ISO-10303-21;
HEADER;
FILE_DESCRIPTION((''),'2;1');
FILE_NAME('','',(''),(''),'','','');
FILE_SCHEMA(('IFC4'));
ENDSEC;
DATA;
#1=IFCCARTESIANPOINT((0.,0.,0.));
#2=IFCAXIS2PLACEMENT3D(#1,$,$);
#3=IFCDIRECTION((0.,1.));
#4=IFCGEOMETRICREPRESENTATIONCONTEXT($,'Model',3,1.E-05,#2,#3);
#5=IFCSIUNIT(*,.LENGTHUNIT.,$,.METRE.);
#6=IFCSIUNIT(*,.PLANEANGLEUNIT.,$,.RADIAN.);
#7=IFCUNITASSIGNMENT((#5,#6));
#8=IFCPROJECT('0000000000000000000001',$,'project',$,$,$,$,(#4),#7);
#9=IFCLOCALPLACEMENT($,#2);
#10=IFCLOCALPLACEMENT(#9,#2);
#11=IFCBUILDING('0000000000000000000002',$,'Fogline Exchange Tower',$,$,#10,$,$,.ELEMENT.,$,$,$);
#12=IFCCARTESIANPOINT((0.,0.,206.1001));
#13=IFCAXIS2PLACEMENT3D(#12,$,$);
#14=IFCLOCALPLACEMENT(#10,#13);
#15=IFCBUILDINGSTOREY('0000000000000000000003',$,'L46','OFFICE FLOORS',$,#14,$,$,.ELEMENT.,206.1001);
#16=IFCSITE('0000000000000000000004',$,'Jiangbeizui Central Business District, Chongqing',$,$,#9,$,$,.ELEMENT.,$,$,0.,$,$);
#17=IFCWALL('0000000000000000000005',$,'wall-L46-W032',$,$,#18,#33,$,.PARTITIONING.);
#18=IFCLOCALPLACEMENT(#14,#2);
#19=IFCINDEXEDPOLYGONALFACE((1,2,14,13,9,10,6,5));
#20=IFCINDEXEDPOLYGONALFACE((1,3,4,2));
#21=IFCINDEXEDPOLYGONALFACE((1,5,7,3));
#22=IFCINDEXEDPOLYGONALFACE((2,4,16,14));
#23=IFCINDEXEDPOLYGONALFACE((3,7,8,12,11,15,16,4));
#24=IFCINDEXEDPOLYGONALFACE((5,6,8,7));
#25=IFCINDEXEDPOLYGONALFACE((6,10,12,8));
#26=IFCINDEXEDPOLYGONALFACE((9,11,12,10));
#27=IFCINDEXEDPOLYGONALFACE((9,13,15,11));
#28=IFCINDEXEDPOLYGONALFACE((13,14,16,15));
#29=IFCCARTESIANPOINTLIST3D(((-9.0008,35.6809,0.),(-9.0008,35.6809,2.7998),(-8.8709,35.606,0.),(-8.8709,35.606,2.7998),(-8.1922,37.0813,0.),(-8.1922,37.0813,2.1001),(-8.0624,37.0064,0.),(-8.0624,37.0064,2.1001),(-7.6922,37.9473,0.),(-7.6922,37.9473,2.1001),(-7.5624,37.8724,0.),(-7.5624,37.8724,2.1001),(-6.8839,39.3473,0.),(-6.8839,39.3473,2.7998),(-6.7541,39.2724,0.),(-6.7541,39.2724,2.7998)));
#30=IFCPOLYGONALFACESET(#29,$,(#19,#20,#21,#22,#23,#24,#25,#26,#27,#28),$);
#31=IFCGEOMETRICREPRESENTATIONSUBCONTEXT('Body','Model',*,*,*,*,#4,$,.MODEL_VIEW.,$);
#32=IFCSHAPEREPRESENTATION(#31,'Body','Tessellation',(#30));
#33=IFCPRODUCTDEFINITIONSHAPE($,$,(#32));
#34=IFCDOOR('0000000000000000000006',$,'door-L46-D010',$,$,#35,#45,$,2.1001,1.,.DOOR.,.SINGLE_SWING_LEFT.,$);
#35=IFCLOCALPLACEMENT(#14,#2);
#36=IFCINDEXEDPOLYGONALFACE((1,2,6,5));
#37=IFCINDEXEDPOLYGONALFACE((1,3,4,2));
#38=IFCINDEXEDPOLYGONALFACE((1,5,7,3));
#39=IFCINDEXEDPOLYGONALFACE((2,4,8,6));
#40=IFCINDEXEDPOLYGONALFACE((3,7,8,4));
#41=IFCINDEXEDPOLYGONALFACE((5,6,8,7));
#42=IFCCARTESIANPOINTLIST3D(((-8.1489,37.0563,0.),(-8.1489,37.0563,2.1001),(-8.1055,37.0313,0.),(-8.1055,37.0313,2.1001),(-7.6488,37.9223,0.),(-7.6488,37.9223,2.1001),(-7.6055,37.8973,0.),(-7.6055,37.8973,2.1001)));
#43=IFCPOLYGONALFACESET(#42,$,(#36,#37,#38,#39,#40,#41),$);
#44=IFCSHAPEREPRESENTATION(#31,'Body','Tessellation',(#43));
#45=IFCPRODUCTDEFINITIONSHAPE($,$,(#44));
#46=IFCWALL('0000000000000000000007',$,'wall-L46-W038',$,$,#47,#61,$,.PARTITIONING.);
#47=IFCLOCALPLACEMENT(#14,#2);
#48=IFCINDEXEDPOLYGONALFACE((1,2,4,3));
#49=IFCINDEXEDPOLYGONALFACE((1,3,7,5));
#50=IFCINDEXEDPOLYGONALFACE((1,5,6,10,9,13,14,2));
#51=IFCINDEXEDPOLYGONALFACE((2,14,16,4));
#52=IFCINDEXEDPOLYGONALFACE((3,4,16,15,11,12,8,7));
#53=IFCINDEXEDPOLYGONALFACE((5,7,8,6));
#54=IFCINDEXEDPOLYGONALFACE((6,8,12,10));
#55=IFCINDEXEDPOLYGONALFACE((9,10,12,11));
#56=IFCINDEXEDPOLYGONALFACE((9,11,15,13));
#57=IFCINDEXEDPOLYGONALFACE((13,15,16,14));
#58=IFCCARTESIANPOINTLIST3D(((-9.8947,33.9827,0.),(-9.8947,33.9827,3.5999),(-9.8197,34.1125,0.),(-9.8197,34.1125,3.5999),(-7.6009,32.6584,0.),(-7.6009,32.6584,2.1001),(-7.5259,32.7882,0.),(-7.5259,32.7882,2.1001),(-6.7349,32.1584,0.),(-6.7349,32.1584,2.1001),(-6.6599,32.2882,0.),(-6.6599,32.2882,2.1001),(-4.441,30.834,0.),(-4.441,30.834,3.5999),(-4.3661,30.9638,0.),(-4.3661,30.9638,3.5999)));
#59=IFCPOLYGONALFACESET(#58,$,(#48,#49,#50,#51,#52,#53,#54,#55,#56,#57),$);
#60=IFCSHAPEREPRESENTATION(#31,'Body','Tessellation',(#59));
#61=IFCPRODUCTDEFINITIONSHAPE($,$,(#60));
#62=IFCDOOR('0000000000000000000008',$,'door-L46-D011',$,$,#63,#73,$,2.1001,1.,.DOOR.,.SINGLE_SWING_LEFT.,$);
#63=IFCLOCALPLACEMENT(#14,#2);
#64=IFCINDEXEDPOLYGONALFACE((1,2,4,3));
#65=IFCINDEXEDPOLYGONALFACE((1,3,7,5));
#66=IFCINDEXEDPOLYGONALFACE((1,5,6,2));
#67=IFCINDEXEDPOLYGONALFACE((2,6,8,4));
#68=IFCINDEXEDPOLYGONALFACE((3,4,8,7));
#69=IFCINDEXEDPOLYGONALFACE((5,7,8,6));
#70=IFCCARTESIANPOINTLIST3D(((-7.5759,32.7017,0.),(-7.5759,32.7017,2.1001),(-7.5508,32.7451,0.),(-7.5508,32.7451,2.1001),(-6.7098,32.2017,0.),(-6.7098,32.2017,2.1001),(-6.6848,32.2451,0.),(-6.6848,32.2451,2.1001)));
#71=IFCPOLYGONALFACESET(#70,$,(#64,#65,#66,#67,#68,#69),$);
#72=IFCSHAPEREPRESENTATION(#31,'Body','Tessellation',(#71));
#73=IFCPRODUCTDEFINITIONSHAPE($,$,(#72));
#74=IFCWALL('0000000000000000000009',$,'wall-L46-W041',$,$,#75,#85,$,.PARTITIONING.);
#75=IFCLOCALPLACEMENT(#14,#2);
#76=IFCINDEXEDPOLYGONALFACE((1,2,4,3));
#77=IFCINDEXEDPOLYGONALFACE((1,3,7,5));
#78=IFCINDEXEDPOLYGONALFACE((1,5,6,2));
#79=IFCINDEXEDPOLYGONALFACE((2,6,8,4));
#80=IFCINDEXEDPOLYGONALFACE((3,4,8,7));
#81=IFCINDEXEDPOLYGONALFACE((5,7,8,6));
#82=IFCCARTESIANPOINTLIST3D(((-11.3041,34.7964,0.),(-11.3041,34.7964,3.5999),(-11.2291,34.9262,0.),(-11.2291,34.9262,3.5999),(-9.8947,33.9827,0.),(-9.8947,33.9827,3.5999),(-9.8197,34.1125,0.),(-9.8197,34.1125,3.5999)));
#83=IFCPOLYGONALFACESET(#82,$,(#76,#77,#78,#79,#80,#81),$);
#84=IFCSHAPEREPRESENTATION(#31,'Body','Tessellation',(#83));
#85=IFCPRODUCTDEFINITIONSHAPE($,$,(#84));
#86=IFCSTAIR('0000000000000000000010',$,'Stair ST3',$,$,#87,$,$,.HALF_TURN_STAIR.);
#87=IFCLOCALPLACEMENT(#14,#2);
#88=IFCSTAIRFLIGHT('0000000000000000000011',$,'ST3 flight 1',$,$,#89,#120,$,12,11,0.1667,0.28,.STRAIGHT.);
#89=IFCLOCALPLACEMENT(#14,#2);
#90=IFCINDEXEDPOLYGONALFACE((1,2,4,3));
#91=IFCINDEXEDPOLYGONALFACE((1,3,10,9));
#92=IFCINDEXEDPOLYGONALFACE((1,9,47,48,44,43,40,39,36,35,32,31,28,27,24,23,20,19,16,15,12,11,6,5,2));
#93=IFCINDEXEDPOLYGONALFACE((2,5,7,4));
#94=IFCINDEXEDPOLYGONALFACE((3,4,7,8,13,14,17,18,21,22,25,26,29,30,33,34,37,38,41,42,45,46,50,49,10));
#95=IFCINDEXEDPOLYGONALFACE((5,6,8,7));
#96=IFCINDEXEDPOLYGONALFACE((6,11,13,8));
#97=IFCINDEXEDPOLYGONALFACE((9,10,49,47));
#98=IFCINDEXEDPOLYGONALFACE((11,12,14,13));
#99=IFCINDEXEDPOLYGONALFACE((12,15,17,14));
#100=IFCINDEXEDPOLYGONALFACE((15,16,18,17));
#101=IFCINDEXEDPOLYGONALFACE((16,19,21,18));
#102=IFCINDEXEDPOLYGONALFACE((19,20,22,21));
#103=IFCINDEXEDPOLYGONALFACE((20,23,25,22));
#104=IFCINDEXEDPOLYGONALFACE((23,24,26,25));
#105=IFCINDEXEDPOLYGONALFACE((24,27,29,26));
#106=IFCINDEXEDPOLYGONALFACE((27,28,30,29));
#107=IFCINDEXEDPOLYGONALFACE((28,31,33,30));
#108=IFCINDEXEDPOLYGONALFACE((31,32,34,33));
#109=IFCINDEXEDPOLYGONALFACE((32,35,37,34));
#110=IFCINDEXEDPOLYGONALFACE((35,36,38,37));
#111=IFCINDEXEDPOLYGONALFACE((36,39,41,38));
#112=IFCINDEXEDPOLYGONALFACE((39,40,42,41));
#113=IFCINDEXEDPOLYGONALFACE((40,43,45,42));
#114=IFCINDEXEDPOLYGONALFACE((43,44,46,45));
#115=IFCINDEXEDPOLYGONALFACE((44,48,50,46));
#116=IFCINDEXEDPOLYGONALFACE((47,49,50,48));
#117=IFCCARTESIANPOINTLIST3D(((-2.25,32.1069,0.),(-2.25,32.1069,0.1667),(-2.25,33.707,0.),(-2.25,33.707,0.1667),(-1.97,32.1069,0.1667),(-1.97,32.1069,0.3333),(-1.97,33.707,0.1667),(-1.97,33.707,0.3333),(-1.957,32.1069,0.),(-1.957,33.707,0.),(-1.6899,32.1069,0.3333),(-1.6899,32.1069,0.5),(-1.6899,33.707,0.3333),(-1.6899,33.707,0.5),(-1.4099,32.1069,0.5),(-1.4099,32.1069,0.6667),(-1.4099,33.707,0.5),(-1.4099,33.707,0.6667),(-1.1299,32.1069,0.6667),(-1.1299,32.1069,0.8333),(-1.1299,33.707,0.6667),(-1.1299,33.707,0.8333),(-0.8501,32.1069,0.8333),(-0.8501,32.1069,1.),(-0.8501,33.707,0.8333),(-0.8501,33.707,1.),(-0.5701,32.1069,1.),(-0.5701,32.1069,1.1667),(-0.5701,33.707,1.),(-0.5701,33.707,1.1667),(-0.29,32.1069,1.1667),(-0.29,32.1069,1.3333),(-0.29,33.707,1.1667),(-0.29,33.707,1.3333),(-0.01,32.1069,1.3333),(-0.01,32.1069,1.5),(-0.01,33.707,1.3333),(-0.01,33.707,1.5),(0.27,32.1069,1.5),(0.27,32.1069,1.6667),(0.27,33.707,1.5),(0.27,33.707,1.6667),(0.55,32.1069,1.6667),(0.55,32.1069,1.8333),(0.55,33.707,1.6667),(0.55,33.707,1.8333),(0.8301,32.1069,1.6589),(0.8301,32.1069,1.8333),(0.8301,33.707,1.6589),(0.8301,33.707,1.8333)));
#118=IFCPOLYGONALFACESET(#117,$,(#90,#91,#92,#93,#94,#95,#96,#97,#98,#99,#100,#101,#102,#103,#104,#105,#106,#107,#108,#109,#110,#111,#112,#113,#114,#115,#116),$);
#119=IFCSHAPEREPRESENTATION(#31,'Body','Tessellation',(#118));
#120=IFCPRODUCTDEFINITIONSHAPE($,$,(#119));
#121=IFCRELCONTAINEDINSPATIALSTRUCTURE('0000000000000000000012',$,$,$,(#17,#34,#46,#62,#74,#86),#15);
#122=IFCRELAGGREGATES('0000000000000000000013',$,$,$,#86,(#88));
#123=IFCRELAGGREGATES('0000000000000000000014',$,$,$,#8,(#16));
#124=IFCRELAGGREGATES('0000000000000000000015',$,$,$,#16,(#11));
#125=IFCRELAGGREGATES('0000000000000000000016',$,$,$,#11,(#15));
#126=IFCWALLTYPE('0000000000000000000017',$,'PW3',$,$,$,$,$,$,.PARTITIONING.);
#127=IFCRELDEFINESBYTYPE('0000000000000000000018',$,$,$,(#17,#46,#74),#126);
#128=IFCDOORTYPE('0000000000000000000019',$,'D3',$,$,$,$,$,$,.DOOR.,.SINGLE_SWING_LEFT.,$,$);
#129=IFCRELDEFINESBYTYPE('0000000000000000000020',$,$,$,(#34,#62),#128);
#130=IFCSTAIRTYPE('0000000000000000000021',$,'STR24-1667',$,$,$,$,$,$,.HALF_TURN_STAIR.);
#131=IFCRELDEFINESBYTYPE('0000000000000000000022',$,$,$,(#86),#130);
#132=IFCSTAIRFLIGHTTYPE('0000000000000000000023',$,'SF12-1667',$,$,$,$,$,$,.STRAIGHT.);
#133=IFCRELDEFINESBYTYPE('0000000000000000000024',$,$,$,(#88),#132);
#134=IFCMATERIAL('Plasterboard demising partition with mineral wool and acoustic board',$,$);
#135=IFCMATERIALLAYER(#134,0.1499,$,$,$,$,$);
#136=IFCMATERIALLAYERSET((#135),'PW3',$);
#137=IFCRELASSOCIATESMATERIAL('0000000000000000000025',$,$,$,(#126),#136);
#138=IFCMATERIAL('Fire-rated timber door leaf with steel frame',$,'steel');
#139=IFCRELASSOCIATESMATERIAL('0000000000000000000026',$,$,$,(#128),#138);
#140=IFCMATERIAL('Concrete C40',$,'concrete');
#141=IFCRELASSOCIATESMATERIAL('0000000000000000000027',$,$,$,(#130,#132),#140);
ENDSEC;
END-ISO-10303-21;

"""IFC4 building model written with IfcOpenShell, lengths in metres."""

from ifc_helpers import new_model, si_unit, direction, frame, frame_2d, origin, place, context, subcontext, project, spatial, polyline, rectangle, outline, extrude, material, layer, layer_set, type_object, element, fill, aggregate, save


model = new_model("IFC4")

# Units and contexts
model_context = context("Model", 3, precision=1e-05, world=origin(), true_north=direction((0.0, 1.0)))
body_context = subcontext(model_context, "Body", "Model", "MODEL_VIEW")
ifc_project = project(units=[si_unit("LENGTHUNIT", "METRE"), si_unit("PLANEANGLEUNIT", "RADIAN")], contexts=[model_context])

# Site, building, storey
site_placement = place(None, origin())
site = spatial("IfcSite", under=ifc_project, at=site_placement, Name="Jiangbeizui Central Business District, Chongqing", CompositionType="ELEMENT", RefElevation=0.0)
building_placement = place(site_placement, origin())
building = spatial("IfcBuilding", under=site, at=building_placement, Name="Fogline Exchange Tower", CompositionType="ELEMENT")
storey_placement = place(building_placement, frame((0.0, 0.0, 206.1001)))
storey = spatial("IfcBuildingStorey", under=building, at=storey_placement, Name="L46", Description="OFFICE FLOORS", CompositionType="ELEMENT", Elevation=206.1001)

# Shared definitions
ifc_material_1 = material(Name="Concrete C40", Category="concrete")

# Shared definitions
ifc_material_2 = material(Name="Plasterboard demising partition with mineral wool and acoustic board")
ifc_layer_1 = layer(ifc_material_2, 0.1499)
ifc_layer_set_1 = layer_set([ifc_layer_1], Name="PW3")
wall_type_1 = type_object("IfcWallType", Name="PW3", PredefinedType="PARTITIONING", material=ifc_layer_set_1)

# Walls, openings, doors
wall_1_placement = place(storey_placement, frame((-8.9358, 35.6436, 0.0), z_axis=(0.0, 0.0, 1.0), x_axis=(0.500015, 0.866017, 0.0)))
wall_1 = element("IfcWall", 1, at=wall_1_placement, inside=storey, type_object=wall_type_1, Name="wall-L46-W032", PredefinedType="PARTITIONING", context=body_context, shape_type="SweptSolid", body=[
    extrude(rectangle(XDim=4.2336, YDim=0.1499, at=frame_2d((2.1167, 0.0))), origin(), (0.0, 0.0, 1.0), 2.7998),
])
opening_1_placement = place(wall_1_placement, frame((1.6169, 0.0, 0.0)))
opening_1 = element("IfcOpeningElement", 2, at=opening_1_placement, cuts=wall_1, PredefinedType="OPENING", context=body_context, shape_type="SweptSolid", body=[
    extrude(rectangle(XDim=1.0, YDim=2.1001, at=frame_2d((0.5, 1.05))), frame((0.0, 0.085, 0.0), z_axis=(0.0, -1.0, 0.0), x_axis=(1.0, 0.0, 0.0)), (0.0, 0.0, 1.0), 0.1699),
])
ifc_material_3 = material(Name="Fire-rated timber door leaf with steel frame", Category="steel")
door_type_1 = type_object("IfcDoorType", Name="D3", OperationType="SINGLE_SWING_LEFT", PredefinedType="DOOR", material=ifc_material_3)
door_1_placement = place(opening_1_placement, origin())
door_1 = element("IfcDoor", 3, at=door_1_placement, inside=storey, type_object=door_type_1, Name="door-L46-D010", OperationType="SINGLE_SWING_LEFT", OverallHeight=2.1001, OverallWidth=1.0, PredefinedType="DOOR", context=body_context, shape_type="SweptSolid", body=[
    extrude(rectangle(XDim=1.0, YDim=2.1001, at=frame_2d((0.5, 1.05))), frame((0.0, 0.0249, 0.0), z_axis=(0.0, -1.0, 0.0), x_axis=(1.0, 0.0, 0.0)), (0.0, 0.0, 1.0), 0.05),
])
fill(opening_1, door_1)
wall_2_placement = place(storey_placement, frame((-4.4036, 30.8989, 0.0), z_axis=(0.0, 0.0, 1.0), x_axis=(-0.866023, 0.500004, 0.0)))
wall_2 = element("IfcWall", 4, at=wall_2_placement, inside=storey, type_object=wall_type_1, Name="wall-L46-W038", PredefinedType="PARTITIONING", context=body_context, shape_type="SweptSolid", body=[
    extrude(rectangle(XDim=6.2974, YDim=0.1499, at=frame_2d((3.1487, 0.0))), origin(), (0.0, 0.0, 1.0), 3.5999),
])
opening_2_placement = place(wall_2_placement, frame((2.6487, 0.0, 0.0)))
opening_2 = element("IfcOpeningElement", 5, at=opening_2_placement, cuts=wall_2, PredefinedType="OPENING", context=body_context, shape_type="SweptSolid", body=[
    extrude(rectangle(XDim=1.0, YDim=2.1001, at=frame_2d((0.5, 1.05))), frame((0.0, 0.085, 0.0), z_axis=(0.0, -1.0, 0.0), x_axis=(1.0, 0.0, 0.0)), (0.0, 0.0, 1.0), 0.1699),
])
door_2_placement = place(opening_2_placement, origin())
door_2 = element("IfcDoor", 6, at=door_2_placement, inside=storey, type_object=door_type_1, Name="door-L46-D011", OperationType="SINGLE_SWING_LEFT", OverallHeight=2.1001, OverallWidth=1.0, PredefinedType="DOOR", context=body_context, shape_type="SweptSolid", body=[
    extrude(rectangle(XDim=1.0, YDim=2.1001, at=frame_2d((0.5, 1.05))), frame((0.0, 0.0249, 0.0), z_axis=(0.0, -1.0, 0.0), x_axis=(1.0, 0.0, 0.0)), (0.0, 0.0, 1.0), 0.05),
])
fill(opening_2, door_2)

# Wall
wall_3_placement = place(storey_placement, frame((-9.8572, 34.0476, 0.0), z_axis=(0.0, 0.0, 1.0), x_axis=(-0.866028, 0.499995, 0.0)))
element("IfcWall", 7, at=wall_3_placement, inside=storey, type_object=wall_type_1, Name="wall-L46-W041", PredefinedType="PARTITIONING", context=body_context, shape_type="SweptSolid", body=[
    extrude(rectangle(XDim=1.6274, YDim=0.1499, at=frame_2d((0.8137, 0.0))), origin(), (0.0, 0.0, 1.0), 3.5999),
])

# Stair, stair flight
stair_type = type_object("IfcStairType", Name="STR24-1667", PredefinedType="HALF_TURN_STAIR", material=ifc_material_1)
stair_placement = place(storey_placement, origin())
stair = element("IfcStair", 8, at=stair_placement, inside=storey, type_object=stair_type, Name="Stair ST3", PredefinedType="HALF_TURN_STAIR")
stair_flight_type = type_object("IfcStairFlightType", Name="SF12-1667", PredefinedType="STRAIGHT", material=ifc_material_1)
stair_flight_placement = place(storey_placement, frame((-2.25, 32.907, 0.0), z_axis=(0.0, 0.0, 1.0), x_axis=(1.0, 0.0, 0.0)))
stair_flight = element("IfcStairFlight", 9, at=stair_flight_placement, type_object=stair_flight_type, Name="ST3 flight 1", NumberOfRisers=12, NumberOfTreads=11, PredefinedType="STRAIGHT", RiserHeight=0.1667, TreadLength=0.28, context=body_context, shape_type="SweptSolid", body=[
    extrude(outline(polyline([(0.0, 0.0), (0.0, 0.1667), (0.28, 0.1667), (0.28, 0.3333), (0.5601, 0.3333), (0.5601, 0.5), (0.8401, 0.5), (0.8401, 0.6667), (1.1201, 0.6667), (1.1201, 0.8333), (1.3999, 0.8333), (1.3999, 1.0), (1.6799, 1.0), (1.6799, 1.1667), (1.96, 1.1667), (1.96, 1.3333), (2.24, 1.3333), (2.24, 1.5), (2.52, 1.5), (2.52, 1.6667), (2.8, 1.6667), (2.8, 1.8333), (3.0801, 1.8333), (3.0801, 2.0), (3.0801, 1.6589), (0.293, 0.0), (0.0, 0.0)])), frame((0.0, 0.8, 0.0), z_axis=(0.0, -1.0, 0.0), x_axis=(1.0, 0.0, 0.0)), (0.0, 0.0, 1.0), 1.6001),
])
aggregate(stair, [stair_flight])

save(model, "model.ifc")
